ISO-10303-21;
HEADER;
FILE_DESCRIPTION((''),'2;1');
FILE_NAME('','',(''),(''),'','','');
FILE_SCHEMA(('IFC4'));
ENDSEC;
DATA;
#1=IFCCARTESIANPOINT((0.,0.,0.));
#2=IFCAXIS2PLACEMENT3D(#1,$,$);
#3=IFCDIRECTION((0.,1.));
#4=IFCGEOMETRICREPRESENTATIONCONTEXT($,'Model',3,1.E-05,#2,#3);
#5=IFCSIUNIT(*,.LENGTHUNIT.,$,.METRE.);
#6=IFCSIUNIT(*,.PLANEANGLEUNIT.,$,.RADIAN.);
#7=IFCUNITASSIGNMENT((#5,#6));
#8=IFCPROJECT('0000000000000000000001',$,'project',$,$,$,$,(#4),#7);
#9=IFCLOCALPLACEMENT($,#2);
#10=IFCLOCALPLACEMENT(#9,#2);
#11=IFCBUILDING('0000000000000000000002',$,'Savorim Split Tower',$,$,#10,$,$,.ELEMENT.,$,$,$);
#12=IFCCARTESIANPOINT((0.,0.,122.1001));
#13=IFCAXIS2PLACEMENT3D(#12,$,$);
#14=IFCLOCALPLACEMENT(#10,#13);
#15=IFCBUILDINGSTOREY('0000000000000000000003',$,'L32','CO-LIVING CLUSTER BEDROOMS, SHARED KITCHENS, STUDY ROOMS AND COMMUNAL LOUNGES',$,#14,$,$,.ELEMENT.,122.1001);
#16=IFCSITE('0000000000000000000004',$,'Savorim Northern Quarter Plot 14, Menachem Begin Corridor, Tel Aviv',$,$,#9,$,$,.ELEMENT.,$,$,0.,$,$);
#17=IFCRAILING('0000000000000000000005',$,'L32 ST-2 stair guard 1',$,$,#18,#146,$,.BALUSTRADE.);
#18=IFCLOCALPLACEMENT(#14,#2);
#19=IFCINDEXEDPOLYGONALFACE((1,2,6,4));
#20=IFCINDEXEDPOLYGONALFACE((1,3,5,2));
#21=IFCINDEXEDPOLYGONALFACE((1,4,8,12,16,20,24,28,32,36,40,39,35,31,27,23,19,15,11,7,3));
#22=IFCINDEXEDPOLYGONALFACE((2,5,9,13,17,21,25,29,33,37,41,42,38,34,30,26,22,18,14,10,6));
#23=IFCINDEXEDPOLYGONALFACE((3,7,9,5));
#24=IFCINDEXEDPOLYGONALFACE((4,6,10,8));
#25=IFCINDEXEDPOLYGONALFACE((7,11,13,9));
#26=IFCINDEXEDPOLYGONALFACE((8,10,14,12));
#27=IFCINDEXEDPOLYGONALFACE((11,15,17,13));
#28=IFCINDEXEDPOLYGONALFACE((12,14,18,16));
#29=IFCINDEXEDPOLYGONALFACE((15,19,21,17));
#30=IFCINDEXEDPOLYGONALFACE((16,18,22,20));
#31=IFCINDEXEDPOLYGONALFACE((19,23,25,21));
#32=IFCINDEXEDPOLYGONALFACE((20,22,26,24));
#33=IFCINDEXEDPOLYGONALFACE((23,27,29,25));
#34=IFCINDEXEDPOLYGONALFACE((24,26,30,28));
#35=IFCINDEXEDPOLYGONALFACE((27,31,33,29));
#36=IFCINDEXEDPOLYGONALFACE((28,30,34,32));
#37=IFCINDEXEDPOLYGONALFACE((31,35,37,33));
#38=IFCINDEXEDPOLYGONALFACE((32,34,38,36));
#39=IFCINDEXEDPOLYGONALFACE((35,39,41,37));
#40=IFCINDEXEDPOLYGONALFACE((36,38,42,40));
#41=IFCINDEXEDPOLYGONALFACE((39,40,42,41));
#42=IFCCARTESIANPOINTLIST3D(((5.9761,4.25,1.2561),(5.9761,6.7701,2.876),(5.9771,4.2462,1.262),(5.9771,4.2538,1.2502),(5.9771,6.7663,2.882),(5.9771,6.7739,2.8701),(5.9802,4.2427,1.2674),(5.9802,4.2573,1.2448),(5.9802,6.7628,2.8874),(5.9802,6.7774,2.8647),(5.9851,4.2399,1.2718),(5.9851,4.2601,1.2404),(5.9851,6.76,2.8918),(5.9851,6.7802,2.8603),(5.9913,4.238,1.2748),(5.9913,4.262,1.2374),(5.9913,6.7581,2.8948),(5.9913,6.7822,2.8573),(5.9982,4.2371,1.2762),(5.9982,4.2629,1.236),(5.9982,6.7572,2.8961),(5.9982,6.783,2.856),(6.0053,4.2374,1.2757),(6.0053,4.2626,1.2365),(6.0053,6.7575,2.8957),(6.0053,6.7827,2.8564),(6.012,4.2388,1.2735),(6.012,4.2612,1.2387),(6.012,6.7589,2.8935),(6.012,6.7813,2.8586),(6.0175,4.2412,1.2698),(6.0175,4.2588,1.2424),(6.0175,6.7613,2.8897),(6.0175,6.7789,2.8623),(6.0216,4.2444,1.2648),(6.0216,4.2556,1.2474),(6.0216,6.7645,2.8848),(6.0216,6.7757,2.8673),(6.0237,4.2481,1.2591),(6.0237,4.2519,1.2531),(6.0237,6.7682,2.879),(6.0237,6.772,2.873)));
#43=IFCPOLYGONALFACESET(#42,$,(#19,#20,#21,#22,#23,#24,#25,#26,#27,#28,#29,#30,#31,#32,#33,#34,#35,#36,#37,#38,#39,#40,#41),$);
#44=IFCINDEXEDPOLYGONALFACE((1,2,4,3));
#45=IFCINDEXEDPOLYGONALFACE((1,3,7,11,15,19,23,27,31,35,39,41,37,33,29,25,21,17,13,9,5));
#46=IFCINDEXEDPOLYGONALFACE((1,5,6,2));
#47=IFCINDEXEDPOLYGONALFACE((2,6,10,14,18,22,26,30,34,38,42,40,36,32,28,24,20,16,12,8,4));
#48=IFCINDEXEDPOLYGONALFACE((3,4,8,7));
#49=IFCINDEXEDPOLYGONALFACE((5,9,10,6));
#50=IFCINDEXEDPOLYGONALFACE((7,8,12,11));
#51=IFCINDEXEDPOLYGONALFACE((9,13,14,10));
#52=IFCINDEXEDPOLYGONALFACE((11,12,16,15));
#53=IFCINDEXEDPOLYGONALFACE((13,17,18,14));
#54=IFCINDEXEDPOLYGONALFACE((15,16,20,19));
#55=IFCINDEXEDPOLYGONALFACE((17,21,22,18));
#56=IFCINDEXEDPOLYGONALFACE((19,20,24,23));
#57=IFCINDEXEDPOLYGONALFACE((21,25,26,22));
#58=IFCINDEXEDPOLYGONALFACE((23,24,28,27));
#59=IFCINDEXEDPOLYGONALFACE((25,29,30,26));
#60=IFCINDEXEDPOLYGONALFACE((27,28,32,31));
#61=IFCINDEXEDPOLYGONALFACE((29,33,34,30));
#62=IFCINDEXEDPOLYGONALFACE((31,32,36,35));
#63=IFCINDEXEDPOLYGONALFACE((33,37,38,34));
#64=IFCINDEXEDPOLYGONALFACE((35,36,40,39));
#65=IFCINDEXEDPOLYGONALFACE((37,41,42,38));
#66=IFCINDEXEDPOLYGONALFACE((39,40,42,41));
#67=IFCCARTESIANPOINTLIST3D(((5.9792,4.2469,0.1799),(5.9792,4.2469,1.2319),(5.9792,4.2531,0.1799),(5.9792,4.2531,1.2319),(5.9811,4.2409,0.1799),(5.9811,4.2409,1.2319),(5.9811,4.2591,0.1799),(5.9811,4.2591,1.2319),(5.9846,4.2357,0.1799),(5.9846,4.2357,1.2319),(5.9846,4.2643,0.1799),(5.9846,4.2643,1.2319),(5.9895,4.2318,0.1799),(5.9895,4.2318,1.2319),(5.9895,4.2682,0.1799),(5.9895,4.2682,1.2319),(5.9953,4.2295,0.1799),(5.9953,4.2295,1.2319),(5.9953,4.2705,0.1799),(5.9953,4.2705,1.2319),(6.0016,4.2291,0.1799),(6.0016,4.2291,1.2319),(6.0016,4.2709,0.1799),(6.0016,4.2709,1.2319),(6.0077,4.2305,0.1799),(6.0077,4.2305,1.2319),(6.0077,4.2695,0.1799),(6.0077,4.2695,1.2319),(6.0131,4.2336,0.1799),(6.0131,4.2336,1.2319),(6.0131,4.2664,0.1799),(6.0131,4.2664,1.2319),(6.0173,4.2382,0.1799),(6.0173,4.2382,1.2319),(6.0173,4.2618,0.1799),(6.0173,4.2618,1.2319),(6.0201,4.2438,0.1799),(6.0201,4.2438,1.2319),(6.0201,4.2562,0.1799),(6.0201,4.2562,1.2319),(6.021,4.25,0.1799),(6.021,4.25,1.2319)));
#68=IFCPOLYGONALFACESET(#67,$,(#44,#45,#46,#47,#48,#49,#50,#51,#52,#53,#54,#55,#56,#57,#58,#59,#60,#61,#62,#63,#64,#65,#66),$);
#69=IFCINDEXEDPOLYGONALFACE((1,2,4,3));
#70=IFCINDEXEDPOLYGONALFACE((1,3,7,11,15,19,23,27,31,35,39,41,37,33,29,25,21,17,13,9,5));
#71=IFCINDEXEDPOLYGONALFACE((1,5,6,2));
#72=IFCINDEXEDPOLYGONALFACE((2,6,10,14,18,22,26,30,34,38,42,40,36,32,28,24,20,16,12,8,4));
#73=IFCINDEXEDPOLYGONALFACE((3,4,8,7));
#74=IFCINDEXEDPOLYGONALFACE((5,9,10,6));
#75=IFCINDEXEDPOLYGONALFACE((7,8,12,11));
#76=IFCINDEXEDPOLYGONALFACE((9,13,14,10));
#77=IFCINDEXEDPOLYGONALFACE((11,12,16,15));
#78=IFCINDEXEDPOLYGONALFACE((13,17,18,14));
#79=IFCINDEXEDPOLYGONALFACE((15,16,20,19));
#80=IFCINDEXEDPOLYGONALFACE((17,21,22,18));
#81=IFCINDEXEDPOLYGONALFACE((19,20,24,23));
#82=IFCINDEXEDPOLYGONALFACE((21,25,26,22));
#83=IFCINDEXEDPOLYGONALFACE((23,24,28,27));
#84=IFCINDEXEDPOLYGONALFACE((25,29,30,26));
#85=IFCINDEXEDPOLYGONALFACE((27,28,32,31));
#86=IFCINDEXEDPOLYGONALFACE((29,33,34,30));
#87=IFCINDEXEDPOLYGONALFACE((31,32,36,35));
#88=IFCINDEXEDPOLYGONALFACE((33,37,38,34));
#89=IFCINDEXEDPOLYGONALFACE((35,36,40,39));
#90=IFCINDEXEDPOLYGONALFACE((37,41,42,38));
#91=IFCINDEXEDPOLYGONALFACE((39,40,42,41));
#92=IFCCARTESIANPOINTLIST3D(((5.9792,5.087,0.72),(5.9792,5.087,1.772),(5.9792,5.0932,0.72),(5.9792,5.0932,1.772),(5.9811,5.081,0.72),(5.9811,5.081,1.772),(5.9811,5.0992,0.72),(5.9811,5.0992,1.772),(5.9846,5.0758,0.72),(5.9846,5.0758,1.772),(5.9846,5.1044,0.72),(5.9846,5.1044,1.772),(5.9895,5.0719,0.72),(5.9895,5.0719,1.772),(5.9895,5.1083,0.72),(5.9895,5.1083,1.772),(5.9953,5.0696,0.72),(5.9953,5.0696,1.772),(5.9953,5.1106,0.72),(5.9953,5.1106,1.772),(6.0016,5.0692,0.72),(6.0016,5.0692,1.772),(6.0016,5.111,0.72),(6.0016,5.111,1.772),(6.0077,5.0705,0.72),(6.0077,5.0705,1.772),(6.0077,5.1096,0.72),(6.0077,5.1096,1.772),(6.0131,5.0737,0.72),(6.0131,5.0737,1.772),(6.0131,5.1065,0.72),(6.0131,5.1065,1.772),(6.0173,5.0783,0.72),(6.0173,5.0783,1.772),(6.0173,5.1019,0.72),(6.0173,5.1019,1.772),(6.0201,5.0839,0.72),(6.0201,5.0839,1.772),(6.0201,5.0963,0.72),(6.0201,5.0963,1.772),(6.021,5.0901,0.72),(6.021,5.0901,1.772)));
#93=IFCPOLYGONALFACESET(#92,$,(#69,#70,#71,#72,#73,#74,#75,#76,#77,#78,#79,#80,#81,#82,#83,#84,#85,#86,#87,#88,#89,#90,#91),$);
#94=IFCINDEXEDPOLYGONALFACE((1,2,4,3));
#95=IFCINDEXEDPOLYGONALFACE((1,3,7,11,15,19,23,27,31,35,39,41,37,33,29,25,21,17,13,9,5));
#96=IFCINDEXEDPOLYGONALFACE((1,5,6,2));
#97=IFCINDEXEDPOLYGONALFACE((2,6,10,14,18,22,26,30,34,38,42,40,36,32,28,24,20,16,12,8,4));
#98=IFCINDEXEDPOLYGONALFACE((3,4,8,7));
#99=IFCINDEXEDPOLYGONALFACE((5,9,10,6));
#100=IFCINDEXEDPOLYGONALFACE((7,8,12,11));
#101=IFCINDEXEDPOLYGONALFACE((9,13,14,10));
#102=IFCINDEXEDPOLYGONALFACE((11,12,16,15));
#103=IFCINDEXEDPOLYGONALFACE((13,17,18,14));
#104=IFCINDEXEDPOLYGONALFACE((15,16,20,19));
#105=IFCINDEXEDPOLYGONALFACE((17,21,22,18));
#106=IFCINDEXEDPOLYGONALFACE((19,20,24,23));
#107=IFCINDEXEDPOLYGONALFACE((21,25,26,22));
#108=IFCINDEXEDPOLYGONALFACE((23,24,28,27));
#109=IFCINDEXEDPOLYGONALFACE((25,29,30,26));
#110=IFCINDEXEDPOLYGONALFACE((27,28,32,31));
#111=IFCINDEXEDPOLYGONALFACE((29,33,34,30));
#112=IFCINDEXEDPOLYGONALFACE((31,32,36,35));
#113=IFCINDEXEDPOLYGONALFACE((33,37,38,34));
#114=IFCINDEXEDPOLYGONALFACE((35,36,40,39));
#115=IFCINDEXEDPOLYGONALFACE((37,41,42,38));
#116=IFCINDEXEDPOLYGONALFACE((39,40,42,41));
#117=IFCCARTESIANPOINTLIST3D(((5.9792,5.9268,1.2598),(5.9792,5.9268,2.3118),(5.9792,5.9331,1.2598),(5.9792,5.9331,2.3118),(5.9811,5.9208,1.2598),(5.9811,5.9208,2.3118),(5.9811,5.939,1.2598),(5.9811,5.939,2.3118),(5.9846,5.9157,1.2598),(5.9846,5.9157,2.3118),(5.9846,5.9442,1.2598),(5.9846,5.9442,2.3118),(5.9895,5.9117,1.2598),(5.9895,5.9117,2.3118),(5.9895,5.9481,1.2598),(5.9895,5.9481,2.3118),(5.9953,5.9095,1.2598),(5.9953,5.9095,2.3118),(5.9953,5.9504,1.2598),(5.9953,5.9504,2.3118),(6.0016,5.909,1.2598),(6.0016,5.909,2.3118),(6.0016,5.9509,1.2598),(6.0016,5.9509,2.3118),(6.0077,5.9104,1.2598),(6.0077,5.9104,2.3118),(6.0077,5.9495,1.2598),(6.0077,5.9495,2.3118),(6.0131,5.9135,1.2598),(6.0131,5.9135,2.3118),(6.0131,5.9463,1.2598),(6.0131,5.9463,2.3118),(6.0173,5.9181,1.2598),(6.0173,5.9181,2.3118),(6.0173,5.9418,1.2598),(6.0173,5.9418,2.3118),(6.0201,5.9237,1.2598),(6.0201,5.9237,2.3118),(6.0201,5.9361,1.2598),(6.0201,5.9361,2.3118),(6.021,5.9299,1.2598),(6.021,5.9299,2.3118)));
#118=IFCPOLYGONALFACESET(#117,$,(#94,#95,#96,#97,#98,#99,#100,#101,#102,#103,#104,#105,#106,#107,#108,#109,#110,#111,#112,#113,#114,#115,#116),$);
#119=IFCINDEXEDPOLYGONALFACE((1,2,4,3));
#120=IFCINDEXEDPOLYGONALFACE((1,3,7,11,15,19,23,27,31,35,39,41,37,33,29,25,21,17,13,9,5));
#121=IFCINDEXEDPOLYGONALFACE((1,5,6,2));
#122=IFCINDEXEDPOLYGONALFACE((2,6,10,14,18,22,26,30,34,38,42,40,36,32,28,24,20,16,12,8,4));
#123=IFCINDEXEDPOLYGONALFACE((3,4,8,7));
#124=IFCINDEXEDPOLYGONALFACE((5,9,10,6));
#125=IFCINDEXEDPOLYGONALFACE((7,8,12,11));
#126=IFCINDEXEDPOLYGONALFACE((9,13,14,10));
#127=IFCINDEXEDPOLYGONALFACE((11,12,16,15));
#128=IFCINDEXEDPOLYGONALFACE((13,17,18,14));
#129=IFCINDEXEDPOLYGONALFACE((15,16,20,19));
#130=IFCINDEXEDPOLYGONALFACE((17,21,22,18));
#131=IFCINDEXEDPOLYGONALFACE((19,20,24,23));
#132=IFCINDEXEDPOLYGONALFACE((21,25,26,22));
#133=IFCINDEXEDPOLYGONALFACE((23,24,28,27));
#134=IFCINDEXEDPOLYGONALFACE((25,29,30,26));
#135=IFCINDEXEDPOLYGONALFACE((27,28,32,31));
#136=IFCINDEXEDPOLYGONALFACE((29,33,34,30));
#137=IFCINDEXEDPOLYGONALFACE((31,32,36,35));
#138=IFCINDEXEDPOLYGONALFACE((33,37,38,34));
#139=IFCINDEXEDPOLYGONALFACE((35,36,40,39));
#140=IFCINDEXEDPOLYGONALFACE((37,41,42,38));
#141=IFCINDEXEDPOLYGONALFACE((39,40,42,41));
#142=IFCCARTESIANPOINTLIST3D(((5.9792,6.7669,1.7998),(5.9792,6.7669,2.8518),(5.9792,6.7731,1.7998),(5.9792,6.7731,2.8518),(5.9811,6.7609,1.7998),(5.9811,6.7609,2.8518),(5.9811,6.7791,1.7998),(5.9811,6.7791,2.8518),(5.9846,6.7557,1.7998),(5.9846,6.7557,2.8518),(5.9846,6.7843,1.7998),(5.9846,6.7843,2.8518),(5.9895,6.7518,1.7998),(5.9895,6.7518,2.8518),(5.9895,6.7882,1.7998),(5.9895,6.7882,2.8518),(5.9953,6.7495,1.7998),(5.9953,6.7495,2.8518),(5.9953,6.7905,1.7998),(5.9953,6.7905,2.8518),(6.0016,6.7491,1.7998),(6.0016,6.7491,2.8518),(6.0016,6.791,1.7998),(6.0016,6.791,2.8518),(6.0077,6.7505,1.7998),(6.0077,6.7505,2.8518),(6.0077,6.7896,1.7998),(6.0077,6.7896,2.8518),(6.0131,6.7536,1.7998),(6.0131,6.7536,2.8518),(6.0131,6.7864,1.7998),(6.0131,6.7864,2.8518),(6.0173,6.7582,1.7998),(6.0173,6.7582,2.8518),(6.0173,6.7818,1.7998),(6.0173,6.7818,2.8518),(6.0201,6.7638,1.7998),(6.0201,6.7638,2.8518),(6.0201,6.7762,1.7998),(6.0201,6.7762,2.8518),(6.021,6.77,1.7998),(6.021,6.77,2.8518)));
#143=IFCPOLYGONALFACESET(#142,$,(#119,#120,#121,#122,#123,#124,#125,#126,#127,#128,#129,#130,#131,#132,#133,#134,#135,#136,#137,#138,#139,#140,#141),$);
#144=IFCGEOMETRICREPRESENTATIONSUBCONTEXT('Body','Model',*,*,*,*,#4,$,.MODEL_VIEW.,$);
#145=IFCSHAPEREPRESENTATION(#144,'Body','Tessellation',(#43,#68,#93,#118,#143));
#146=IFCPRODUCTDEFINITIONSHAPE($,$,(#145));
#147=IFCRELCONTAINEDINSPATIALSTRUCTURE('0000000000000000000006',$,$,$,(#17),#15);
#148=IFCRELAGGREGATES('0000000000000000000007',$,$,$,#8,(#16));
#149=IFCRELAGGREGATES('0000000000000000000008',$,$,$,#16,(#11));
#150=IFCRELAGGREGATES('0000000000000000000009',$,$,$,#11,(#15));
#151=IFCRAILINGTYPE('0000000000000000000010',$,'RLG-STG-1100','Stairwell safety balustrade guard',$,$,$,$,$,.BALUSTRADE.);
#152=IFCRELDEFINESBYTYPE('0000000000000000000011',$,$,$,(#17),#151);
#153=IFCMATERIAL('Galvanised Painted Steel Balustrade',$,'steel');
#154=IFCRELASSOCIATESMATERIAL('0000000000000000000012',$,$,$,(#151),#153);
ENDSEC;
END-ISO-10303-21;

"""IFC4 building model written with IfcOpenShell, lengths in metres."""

from ifc_helpers import new_model, si_unit, direction, frame, origin, origin_2d, place, context, subcontext, project, spatial, circle, extrude, material, type_object, element, save


model = new_model("IFC4")

# Units and contexts
model_context = context("Model", 3, precision=1e-05, world=origin(), true_north=direction((0.0, 1.0)))
body_context = subcontext(model_context, "Body", "Model", "MODEL_VIEW")
ifc_project = project(units=[si_unit("LENGTHUNIT", "METRE"), si_unit("PLANEANGLEUNIT", "RADIAN")], contexts=[model_context])

# Site, building, storey
site_placement = place(None, origin())
site = spatial("IfcSite", under=ifc_project, at=site_placement, Name="Savorim Northern Quarter Plot 14, Menachem Begin Corridor, Tel Aviv", CompositionType="ELEMENT", RefElevation=0.0)
building_placement = place(site_placement, origin())
building = spatial("IfcBuilding", under=site, at=building_placement, Name="Savorim Split Tower", CompositionType="ELEMENT")
storey_placement = place(building_placement, frame((0.0, 0.0, 122.1001)))
storey = spatial("IfcBuildingStorey", under=building, at=storey_placement, Name="L32", Description="CO-LIVING CLUSTER BEDROOMS, SHARED KITCHENS, STUDY ROOMS AND COMMUNAL LOUNGES", CompositionType="ELEMENT", Elevation=122.1001)

# Railing
ifc_material_1 = material(Name="Galvanised Painted Steel Balustrade", Category="steel")
railing_type_1 = type_object("IfcRailingType", Name="RLG-STG-1100", Description="Stairwell safety balustrade guard", PredefinedType="BALUSTRADE", material=ifc_material_1)
railing_1_placement = place(storey_placement, frame((6.0, 4.25, 0.1799)))
element("IfcRailing", 1, at=railing_1_placement, inside=storey, type_object=railing_type_1, Name="L32 ST-2 stair guard 1", PredefinedType="BALUSTRADE", context=body_context, shape_type="SweptSolid", body=[
    extrude(circle(Radius=0.0239, at=origin_2d()), frame((0.0, 0.0, 1.0762), z_axis=(0.0, 0.8412, 0.540725), x_axis=(-1.0, 0.0, 0.0)), (0.0, 0.0, 1.0), 2.9958),
    extrude(circle(Radius=0.021, at=origin_2d()), origin(), (0.0, 0.0, 1.0), 1.052),
    extrude(circle(Radius=0.021, at=origin_2d()), frame((0.0, 0.8401, 0.54)), (0.0, 0.0, 1.0), 1.052),
    extrude(circle(Radius=0.021, at=origin_2d()), frame((0.0, 1.6799, 1.0798)), (0.0, 0.0, 1.0), 1.052),
    extrude(circle(Radius=0.021, at=origin_2d()), frame((0.0, 2.52, 1.6199)), (0.0, 0.0, 1.0), 1.052),
])

save(model, "model.ifc")
